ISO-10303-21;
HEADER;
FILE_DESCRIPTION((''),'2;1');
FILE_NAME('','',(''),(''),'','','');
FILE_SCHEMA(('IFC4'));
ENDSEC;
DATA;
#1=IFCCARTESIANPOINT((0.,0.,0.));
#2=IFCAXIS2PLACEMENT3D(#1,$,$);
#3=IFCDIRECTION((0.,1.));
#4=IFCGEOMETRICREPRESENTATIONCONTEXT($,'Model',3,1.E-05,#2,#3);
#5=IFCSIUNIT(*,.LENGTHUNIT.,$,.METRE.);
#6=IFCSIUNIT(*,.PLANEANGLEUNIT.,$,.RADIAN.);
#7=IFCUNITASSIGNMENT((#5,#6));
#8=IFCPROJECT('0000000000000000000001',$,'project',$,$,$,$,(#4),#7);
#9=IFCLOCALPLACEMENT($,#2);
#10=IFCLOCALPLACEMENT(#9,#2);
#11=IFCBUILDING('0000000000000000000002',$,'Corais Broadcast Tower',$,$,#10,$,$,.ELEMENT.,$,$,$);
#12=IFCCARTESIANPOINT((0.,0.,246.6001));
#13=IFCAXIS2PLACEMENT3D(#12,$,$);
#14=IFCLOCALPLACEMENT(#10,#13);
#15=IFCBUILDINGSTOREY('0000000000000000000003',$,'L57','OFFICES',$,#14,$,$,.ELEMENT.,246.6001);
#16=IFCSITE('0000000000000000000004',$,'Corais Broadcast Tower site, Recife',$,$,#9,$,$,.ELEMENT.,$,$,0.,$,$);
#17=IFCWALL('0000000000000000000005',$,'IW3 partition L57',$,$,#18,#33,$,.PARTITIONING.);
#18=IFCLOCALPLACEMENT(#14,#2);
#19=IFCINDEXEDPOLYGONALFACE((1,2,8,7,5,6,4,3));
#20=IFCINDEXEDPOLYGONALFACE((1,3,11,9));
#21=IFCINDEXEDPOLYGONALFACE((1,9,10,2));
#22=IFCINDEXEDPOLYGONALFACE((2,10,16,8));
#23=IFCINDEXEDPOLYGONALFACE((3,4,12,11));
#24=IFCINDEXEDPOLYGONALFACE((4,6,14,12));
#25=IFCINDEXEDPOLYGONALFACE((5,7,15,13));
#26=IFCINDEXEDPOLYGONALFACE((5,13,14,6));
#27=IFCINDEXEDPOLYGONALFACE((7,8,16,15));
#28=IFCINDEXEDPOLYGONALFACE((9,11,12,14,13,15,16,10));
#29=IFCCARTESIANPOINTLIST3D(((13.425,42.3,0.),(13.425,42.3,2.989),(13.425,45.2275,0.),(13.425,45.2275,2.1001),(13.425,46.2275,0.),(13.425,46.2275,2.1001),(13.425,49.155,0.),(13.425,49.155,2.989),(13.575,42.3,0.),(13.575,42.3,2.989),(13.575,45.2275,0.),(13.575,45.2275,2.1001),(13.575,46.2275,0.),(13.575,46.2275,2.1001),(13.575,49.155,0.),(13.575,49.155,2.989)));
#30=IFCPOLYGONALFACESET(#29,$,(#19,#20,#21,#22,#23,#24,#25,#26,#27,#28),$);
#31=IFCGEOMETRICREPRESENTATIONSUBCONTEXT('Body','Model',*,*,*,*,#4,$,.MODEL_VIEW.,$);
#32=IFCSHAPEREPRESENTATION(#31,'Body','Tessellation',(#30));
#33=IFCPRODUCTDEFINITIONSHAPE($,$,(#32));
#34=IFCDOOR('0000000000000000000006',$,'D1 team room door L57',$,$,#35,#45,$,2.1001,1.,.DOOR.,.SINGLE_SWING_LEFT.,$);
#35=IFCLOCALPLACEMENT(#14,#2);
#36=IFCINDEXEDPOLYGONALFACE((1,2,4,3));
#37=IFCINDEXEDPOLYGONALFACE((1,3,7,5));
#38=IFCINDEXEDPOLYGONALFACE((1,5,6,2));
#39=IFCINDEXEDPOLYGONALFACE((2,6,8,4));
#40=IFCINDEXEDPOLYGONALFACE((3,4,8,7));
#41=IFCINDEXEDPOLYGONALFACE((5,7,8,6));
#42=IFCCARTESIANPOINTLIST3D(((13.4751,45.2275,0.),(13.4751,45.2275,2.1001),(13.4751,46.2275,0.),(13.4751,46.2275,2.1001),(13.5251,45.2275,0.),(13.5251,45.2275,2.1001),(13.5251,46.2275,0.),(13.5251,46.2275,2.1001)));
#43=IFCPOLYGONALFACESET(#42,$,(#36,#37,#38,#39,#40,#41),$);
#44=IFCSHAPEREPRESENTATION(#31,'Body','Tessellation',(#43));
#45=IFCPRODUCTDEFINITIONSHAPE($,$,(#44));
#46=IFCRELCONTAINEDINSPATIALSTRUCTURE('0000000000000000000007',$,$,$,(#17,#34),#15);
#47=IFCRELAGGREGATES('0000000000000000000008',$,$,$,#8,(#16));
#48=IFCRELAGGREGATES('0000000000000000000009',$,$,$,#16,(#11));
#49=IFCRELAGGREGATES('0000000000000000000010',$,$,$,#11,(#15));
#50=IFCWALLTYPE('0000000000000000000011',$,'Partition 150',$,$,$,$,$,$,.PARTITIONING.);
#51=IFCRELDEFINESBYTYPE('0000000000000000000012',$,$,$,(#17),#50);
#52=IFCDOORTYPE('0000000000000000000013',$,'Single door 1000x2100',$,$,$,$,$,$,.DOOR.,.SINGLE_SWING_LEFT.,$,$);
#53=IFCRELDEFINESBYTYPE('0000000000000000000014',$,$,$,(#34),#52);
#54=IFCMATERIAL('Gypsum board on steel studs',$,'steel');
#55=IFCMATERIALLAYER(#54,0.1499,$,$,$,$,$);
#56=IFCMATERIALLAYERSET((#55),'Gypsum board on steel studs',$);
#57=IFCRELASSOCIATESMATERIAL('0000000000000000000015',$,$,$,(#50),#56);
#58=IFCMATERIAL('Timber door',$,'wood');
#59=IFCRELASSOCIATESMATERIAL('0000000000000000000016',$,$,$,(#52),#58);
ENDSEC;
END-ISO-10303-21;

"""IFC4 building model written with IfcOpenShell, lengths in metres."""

from ifc_helpers import new_model, si_unit, direction, frame, frame_2d, origin, place, context, subcontext, project, spatial, rectangle, extrude, material, layer, layer_set, type_object, element, fill, save


model = new_model("IFC4")

# Units and contexts
model_context = context("Model", 3, precision=1e-05, world=origin(), true_north=direction((0.0, 1.0)))
body_context = subcontext(model_context, "Body", "Model", "MODEL_VIEW")
ifc_project = project(units=[si_unit("LENGTHUNIT", "METRE"), si_unit("PLANEANGLEUNIT", "RADIAN")], contexts=[model_context])

# Site, building, storey
site_placement = place(None, origin())
site = spatial("IfcSite", under=ifc_project, at=site_placement, Name="Corais Broadcast Tower site, Recife", CompositionType="ELEMENT", RefElevation=0.0)
building_placement = place(site_placement, origin())
building = spatial("IfcBuilding", under=site, at=building_placement, Name="Corais Broadcast Tower", CompositionType="ELEMENT")
storey_placement = place(building_placement, frame((0.0, 0.0, 246.6001)))
storey = spatial("IfcBuildingStorey", under=building, at=storey_placement, Name="L57", Description="OFFICES", CompositionType="ELEMENT", Elevation=246.6001)

# Shared definitions
ifc_material_1 = material(Name="Gypsum board on steel studs", Category="steel")
ifc_layer_1 = layer(ifc_material_1, 0.1499)
ifc_layer_set_1 = layer_set([ifc_layer_1], Name="Gypsum board on steel studs")
wall_type = type_object("IfcWallType", Name="Partition 150", PredefinedType="PARTITIONING", material=ifc_layer_set_1)

# Wall, opening, door
wall_1_placement = place(storey_placement, frame((13.5, 42.3, 0.0), z_axis=(0.0, 0.0, 1.0), x_axis=(0.0, 1.0, 0.0)))
wall_1 = element("IfcWall", 1, at=wall_1_placement, inside=storey, type_object=wall_type, Name="IW3 partition L57", PredefinedType="PARTITIONING", context=body_context, shape_type="SweptSolid", body=[
    extrude(rectangle(XDim=6.855, YDim=0.1499, at=frame_2d((3.4275, 0.0))), origin(), (0.0, 0.0, 1.0), 2.989),
])
opening_placement = place(wall_1_placement, frame((2.9275, 0.0, 0.0)))
opening = element("IfcOpeningElement", 2, at=opening_placement, cuts=wall_1, PredefinedType="OPENING", context=body_context, shape_type="SweptSolid", body=[
    extrude(rectangle(XDim=1.0, YDim=2.1001, at=frame_2d((0.5, 1.05))), frame((0.0, 0.085, 0.0), z_axis=(0.0, -1.0, 0.0), x_axis=(1.0, 0.0, 0.0)), (0.0, 0.0, 1.0), 0.1699),
])
ifc_material_2 = material(Name="Timber door", Category="wood")
door_type = type_object("IfcDoorType", Name="Single door 1000x2100", OperationType="SINGLE_SWING_LEFT", PredefinedType="DOOR", material=ifc_material_2)
door_placement = place(opening_placement, origin())
door = element("IfcDoor", 3, at=door_placement, inside=storey, type_object=door_type, Name="D1 team room door L57", OperationType="SINGLE_SWING_LEFT", OverallHeight=2.1001, OverallWidth=1.0, PredefinedType="DOOR", context=body_context, shape_type="SweptSolid", body=[
    extrude(rectangle(XDim=1.0, YDim=2.1001, at=frame_2d((0.5, 1.05))), frame((0.0, 0.0249, 0.0), z_axis=(0.0, -1.0, 0.0), x_axis=(1.0, 0.0, 0.0)), (0.0, 0.0, 1.0), 0.05),
])
fill(opening, door)

save(model, "model.ifc")
